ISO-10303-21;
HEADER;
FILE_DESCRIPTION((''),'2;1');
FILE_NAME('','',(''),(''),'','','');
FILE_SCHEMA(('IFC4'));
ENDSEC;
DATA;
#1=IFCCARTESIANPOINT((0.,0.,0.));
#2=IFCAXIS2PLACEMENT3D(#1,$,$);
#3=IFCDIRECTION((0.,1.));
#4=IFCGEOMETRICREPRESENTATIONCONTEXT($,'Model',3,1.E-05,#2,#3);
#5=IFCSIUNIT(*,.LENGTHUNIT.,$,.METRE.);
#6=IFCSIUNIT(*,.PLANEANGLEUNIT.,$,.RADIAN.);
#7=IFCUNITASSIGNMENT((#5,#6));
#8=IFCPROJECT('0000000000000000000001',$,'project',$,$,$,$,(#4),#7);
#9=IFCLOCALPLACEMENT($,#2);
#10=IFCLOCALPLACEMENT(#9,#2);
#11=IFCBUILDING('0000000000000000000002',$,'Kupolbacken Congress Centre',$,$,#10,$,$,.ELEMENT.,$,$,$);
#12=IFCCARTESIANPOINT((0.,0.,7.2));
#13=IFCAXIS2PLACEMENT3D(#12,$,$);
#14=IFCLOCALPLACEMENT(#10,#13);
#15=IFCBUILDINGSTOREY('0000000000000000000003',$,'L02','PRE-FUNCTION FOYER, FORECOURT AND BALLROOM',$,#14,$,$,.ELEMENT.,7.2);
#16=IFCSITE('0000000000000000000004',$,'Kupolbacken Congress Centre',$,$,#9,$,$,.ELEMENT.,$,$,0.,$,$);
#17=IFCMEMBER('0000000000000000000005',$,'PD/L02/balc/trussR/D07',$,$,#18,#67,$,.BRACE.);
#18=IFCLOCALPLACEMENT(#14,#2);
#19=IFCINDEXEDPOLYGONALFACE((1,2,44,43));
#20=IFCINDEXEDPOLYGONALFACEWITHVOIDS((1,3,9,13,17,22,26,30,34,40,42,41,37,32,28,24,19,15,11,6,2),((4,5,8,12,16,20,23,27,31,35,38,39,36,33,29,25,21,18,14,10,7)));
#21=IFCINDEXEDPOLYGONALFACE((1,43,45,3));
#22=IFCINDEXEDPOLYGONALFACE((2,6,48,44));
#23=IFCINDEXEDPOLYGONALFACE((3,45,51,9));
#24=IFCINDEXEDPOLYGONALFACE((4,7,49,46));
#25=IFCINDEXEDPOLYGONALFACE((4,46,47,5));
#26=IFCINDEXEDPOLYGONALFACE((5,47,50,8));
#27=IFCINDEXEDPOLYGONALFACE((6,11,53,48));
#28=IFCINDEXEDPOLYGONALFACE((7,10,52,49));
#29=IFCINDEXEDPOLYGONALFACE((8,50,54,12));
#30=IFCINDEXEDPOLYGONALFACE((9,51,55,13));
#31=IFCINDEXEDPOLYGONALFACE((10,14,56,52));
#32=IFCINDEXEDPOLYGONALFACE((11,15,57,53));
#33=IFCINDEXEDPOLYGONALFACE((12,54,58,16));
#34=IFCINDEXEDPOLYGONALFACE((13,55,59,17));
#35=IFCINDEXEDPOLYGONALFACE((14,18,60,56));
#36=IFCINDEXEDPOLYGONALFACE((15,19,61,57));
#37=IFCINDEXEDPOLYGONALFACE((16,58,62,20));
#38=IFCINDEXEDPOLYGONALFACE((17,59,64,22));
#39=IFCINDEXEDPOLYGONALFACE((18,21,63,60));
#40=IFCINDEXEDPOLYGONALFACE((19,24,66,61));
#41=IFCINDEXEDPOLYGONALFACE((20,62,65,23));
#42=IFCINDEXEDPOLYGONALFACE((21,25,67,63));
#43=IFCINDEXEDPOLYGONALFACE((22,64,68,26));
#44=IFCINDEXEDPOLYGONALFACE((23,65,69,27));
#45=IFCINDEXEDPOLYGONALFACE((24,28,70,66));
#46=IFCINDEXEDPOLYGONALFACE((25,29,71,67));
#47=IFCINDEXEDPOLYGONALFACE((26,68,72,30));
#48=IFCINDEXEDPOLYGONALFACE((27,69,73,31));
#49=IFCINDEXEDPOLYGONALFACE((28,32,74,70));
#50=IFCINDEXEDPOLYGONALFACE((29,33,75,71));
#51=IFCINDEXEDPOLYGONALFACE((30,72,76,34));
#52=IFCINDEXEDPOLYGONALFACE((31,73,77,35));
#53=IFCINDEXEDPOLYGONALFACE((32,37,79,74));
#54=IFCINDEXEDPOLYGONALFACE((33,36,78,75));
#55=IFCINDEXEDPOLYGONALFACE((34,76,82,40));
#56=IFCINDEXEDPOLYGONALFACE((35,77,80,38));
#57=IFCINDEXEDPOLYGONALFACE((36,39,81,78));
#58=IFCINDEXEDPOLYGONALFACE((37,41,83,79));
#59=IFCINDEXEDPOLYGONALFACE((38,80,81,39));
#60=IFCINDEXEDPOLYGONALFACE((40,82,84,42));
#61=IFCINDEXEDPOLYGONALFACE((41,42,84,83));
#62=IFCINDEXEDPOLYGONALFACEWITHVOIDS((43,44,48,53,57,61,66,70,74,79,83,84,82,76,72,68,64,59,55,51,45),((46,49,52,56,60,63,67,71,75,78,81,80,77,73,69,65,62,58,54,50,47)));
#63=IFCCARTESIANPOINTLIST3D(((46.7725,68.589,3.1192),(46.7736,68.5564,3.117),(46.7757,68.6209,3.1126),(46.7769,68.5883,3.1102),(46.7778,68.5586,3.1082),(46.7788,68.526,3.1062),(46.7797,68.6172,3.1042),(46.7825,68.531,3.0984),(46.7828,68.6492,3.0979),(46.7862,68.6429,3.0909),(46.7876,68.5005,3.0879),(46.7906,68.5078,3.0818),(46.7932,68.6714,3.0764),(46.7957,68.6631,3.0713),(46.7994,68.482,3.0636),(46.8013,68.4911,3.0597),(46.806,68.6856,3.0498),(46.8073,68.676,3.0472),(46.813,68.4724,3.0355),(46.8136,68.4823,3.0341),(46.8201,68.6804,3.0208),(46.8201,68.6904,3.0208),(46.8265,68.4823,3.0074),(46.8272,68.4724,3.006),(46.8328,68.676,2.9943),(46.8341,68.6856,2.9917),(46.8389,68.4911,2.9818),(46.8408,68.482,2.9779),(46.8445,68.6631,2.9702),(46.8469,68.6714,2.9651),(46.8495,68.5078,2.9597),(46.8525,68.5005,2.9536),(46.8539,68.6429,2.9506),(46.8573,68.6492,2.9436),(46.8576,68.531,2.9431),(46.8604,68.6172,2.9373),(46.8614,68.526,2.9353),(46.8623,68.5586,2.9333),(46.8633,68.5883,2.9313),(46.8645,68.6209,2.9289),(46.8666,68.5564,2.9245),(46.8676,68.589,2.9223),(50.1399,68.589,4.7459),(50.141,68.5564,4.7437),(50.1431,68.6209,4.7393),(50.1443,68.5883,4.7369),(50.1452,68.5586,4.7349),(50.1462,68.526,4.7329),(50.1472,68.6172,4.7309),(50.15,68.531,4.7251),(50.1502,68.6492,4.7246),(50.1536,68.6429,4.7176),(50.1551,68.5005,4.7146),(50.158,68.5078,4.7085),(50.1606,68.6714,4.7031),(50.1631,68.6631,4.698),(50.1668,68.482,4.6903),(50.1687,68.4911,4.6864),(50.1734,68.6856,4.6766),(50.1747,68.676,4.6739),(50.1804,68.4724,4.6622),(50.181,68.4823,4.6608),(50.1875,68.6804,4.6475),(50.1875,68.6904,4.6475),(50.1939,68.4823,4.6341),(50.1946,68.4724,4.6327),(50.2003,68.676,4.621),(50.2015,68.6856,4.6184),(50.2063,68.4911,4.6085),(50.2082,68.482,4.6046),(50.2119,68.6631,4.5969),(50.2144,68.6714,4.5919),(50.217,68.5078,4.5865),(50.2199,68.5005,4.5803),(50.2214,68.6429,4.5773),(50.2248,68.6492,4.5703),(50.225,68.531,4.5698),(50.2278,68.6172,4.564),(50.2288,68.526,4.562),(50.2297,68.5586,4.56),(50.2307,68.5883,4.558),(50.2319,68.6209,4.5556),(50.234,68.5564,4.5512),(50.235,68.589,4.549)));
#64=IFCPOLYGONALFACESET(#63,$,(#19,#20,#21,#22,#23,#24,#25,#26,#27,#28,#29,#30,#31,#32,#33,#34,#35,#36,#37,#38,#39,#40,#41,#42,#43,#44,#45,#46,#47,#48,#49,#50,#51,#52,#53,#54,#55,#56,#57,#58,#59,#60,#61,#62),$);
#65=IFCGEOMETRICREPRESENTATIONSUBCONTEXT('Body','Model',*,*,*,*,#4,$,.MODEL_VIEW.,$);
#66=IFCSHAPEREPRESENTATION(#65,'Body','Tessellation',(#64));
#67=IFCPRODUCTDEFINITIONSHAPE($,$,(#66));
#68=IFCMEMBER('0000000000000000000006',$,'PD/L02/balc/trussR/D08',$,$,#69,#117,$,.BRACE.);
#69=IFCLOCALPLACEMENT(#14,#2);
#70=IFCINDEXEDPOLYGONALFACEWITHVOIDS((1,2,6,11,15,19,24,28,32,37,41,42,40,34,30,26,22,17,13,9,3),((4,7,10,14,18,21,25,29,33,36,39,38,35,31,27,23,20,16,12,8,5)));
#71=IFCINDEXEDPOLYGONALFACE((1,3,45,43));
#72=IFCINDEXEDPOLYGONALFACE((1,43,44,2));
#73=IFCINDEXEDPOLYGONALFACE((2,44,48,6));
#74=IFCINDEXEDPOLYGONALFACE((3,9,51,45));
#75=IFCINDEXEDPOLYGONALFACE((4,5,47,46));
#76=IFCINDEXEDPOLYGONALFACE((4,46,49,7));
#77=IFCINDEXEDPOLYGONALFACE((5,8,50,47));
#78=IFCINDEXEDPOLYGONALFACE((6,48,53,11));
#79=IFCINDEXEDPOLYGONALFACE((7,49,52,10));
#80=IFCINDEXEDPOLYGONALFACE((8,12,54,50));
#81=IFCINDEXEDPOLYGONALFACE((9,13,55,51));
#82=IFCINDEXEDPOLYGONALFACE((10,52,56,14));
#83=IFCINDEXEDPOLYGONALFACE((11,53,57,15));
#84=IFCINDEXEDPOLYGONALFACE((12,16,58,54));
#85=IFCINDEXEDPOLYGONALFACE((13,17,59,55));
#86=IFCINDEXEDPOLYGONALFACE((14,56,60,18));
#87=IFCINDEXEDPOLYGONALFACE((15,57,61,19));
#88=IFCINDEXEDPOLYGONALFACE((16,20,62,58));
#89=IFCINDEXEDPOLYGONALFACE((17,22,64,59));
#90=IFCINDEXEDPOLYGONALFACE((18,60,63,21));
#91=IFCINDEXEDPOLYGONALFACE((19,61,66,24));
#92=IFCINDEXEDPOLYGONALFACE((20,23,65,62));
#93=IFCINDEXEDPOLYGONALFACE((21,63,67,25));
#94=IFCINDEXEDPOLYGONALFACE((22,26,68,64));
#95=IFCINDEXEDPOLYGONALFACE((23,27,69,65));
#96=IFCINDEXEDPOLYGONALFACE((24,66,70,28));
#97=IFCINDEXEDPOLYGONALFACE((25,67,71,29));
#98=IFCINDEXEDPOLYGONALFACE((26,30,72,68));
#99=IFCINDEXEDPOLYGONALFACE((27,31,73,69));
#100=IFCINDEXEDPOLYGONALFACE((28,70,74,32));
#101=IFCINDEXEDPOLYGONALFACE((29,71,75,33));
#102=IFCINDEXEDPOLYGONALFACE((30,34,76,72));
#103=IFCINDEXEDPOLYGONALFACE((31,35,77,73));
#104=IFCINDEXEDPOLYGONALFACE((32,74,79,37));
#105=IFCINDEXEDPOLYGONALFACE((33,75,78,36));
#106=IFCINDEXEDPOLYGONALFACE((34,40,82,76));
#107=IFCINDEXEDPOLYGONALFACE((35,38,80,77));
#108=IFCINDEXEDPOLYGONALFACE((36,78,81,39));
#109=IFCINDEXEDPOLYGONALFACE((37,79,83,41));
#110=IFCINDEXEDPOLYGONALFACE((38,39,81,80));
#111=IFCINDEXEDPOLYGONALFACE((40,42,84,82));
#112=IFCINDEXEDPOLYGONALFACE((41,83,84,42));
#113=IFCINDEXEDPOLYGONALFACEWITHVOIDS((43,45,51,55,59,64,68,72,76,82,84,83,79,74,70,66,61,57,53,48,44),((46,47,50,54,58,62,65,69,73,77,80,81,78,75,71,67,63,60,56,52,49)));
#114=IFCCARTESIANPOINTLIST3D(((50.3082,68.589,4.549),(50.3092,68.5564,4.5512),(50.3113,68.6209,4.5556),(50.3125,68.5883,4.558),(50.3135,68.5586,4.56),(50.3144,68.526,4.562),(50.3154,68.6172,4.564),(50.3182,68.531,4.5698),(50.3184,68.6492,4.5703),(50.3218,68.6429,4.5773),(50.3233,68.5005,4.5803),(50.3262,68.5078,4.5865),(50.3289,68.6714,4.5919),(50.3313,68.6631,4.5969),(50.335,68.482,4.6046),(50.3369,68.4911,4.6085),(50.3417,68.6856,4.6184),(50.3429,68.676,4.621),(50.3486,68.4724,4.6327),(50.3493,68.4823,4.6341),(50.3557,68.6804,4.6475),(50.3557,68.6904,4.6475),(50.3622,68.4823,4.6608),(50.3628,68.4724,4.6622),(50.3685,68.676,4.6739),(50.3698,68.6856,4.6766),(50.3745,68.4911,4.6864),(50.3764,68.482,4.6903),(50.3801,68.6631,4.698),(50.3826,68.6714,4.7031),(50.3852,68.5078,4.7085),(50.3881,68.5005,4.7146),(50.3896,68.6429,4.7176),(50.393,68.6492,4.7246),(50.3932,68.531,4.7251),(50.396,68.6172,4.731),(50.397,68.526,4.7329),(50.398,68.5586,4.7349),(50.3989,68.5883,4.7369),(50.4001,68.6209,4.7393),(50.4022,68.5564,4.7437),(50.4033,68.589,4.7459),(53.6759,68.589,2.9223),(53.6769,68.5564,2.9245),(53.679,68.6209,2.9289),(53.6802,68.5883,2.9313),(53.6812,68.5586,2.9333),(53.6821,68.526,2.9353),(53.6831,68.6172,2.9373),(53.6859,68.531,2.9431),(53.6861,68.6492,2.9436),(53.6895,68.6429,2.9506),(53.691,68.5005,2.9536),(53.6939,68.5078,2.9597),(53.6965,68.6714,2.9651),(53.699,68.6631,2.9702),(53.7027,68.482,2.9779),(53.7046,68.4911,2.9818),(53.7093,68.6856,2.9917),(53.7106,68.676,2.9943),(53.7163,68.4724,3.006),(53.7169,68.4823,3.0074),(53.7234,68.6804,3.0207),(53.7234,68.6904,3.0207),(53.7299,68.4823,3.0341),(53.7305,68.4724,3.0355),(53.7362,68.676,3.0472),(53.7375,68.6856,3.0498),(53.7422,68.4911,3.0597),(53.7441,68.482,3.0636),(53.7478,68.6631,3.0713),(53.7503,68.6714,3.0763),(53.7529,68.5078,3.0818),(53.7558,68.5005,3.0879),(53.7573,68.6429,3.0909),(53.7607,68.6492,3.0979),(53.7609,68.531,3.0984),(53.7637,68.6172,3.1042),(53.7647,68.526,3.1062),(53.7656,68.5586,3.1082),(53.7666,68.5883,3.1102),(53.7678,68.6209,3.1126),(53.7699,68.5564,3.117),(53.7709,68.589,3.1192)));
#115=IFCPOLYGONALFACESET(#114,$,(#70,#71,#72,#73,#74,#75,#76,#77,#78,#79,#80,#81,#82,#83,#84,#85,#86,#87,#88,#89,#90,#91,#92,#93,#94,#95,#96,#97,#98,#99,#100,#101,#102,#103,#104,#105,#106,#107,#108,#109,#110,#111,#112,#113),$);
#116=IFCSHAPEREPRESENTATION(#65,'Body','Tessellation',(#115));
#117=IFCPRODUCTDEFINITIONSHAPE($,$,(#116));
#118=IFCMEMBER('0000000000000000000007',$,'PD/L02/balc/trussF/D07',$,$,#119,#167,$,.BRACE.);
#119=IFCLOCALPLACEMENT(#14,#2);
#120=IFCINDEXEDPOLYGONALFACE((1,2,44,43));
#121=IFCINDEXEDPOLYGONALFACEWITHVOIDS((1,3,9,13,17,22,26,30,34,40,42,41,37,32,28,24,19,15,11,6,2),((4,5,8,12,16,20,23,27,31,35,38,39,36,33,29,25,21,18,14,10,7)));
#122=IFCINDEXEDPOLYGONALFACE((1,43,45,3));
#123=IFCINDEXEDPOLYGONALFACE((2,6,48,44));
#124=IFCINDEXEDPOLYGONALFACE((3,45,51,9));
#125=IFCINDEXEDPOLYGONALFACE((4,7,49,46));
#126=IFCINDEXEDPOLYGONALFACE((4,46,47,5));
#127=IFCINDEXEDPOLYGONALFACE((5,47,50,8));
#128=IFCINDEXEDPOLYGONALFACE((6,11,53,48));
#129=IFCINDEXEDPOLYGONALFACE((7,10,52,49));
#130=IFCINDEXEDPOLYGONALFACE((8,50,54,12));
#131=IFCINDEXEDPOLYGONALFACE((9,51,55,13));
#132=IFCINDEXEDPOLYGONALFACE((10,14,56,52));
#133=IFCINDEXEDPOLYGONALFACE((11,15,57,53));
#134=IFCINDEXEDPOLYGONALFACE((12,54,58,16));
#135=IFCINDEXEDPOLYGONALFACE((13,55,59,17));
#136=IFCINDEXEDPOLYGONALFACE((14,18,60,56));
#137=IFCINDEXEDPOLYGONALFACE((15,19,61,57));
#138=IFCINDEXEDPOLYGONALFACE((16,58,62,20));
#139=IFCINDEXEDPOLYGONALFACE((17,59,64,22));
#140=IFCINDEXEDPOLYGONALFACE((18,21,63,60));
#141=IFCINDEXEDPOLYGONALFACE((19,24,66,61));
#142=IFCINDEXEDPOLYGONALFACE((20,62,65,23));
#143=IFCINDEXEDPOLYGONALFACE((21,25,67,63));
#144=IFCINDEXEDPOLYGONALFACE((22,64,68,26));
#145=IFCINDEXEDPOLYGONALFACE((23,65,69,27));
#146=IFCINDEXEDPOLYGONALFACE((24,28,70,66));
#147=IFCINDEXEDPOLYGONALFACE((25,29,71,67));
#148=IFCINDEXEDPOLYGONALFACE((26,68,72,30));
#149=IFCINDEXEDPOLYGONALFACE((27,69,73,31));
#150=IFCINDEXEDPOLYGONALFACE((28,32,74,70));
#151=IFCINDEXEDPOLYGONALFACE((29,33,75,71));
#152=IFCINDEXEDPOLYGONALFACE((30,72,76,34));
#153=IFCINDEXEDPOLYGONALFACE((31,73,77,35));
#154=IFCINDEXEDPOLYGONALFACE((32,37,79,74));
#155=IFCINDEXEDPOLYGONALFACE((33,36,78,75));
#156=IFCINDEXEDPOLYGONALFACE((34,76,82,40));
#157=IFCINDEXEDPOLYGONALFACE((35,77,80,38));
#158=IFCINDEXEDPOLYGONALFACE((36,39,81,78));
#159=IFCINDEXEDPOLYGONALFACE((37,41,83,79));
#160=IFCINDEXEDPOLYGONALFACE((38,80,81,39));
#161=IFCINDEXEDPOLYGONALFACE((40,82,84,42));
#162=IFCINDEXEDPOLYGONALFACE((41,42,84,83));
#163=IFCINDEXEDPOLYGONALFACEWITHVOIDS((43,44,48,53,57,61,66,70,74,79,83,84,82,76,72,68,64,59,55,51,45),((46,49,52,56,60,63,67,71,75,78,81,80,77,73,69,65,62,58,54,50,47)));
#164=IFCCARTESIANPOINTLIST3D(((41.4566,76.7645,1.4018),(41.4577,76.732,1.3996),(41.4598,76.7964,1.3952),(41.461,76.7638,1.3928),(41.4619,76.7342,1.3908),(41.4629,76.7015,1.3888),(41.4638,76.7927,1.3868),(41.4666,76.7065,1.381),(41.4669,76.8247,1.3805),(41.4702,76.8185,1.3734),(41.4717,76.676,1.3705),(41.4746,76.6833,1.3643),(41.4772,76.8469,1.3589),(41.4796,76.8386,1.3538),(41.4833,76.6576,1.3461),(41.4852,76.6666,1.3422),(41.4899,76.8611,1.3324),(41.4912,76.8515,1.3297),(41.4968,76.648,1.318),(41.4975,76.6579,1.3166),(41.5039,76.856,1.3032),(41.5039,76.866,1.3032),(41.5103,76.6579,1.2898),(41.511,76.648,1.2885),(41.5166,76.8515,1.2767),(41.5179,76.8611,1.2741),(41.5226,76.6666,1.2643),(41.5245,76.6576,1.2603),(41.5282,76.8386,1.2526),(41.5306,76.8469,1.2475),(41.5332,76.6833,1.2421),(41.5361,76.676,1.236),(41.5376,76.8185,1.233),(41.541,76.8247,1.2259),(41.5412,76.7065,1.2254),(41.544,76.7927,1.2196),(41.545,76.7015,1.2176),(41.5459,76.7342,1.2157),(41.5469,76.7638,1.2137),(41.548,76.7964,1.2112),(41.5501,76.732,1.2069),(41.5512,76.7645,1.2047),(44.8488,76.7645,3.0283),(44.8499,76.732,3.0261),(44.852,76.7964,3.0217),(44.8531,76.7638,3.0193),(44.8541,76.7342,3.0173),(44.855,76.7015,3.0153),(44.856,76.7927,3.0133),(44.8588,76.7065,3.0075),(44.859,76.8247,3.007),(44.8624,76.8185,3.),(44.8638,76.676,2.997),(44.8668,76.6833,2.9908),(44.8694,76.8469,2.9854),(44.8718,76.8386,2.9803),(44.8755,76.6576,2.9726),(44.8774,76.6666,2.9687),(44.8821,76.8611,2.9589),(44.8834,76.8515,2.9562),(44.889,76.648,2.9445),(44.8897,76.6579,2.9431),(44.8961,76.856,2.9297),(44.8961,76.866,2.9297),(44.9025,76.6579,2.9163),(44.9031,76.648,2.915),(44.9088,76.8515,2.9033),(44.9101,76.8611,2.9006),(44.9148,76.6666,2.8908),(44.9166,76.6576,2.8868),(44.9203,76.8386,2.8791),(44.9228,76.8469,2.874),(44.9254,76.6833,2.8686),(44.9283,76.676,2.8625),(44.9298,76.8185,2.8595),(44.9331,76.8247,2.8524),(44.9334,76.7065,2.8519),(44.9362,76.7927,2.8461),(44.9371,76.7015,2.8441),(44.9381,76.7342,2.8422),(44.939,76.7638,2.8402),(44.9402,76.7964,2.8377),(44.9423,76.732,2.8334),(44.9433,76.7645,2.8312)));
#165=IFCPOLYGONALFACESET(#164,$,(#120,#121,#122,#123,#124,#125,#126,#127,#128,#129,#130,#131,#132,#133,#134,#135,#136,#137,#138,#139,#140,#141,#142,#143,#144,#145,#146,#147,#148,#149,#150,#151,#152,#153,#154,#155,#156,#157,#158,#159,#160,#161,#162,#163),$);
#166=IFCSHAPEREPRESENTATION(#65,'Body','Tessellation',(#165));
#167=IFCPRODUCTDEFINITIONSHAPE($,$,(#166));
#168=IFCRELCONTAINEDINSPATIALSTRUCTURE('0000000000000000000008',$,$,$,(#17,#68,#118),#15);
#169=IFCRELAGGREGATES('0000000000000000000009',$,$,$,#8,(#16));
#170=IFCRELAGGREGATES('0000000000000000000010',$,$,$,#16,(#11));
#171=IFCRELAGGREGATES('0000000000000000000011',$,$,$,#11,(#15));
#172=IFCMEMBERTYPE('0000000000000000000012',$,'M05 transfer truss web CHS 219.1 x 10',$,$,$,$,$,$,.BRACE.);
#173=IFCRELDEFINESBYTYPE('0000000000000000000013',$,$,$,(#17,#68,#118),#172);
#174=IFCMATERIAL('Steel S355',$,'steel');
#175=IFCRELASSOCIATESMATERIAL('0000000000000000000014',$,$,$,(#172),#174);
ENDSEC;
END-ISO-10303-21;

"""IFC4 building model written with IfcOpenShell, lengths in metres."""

from ifc_helpers import new_model, si_unit, direction, frame, origin, origin_2d, place, context, subcontext, project, spatial, hollow_circle, extrude, material, material_profile, profile_set, type_object, element, save


model = new_model("IFC4")

# Units and contexts
model_context = context("Model", 3, precision=1e-05, world=origin(), true_north=direction((0.0, 1.0)))
body_context = subcontext(model_context, "Body", "Model", "MODEL_VIEW")
ifc_project = project(units=[si_unit("LENGTHUNIT", "METRE"), si_unit("PLANEANGLEUNIT", "RADIAN")], contexts=[model_context])

# Site, building, storey
site_placement = place(None, origin())
site = spatial("IfcSite", under=ifc_project, at=site_placement, Name="Kupolbacken Congress Centre", CompositionType="ELEMENT", RefElevation=0.0)
building_placement = place(site_placement, origin())
building = spatial("IfcBuilding", under=site, at=building_placement, Name="Kupolbacken Congress Centre", CompositionType="ELEMENT")
storey_placement = place(building_placement, frame((0.0, 0.0, 7.2)))
storey = spatial("IfcBuildingStorey", under=building, at=storey_placement, Name="L02", Description="PRE-FUNCTION FOYER, FORECOURT AND BALLROOM", CompositionType="ELEMENT", Elevation=7.2)

# Members
ifc_material_1 = material(Name="Steel S355", Category="steel")
ifc_material_profile_1 = material_profile(ifc_material_1, hollow_circle(Radius=0.1096, WallThickness=0.01, at=origin_2d()), Name="CHS 219.1 x 10")
ifc_profile_set_1 = profile_set([ifc_material_profile_1], Name="Steel S355")
member_type_1 = type_object("IfcMemberType", Name="M05 transfer truss web CHS 219.1 x 10", PredefinedType="BRACE", material=ifc_profile_set_1)
for number, where, z_axis, x_axis, name in (
    (1, (46.8201, 68.5808, 3.0208), (0.900441, 0.0, 0.434977), (0.0, 1.0, 0.0), "PD/L02/balc/trussR/D07"),
):
    element("IfcMember", number, at=place(storey_placement, frame(where, z_axis=z_axis, x_axis=x_axis)), inside=storey, type_object=member_type_1, Name=name, PredefinedType="BRACE", context=body_context, shape_type="SweptSolid", body=[
        extrude(hollow_circle(Radius=0.1096, WallThickness=0.01, at=origin_2d()), origin(), (0.0, 0.0, 1.0), 3.7397),
    ])
member_1_placement = place(storey_placement, frame((50.3557, 68.5808, 4.6475), z_axis=(0.900454, 0.0, -0.434952), x_axis=(0.0, 1.0, 0.0)))
element("IfcMember", 2, at=member_1_placement, inside=storey, type_object=member_type_1, Name="PD/L02/balc/trussR/D08", PredefinedType="BRACE", context=body_context, shape_type="SweptSolid", body=[
    extrude(hollow_circle(Radius=0.1096, WallThickness=0.01, at=origin_2d()), origin(), (0.0, 0.0, 1.0), 3.74),
])
for number, where, z_axis, x_axis, name in (
    (3, (41.5039, 76.7563, 1.3032), (0.901703, 0.0, 0.432355), (0.0, 1.0, 0.0), "PD/L02/balc/trussF/D07"),
):
    element("IfcMember", number, at=place(storey_placement, frame(where, z_axis=z_axis, x_axis=x_axis)), inside=storey, type_object=member_type_1, Name=name, PredefinedType="BRACE", context=body_context, shape_type="SweptSolid", body=[
        extrude(hollow_circle(Radius=0.1096, WallThickness=0.01, at=origin_2d()), origin(), (0.0, 0.0, 1.0), 3.762),
    ])

save(model, "model.ifc")
